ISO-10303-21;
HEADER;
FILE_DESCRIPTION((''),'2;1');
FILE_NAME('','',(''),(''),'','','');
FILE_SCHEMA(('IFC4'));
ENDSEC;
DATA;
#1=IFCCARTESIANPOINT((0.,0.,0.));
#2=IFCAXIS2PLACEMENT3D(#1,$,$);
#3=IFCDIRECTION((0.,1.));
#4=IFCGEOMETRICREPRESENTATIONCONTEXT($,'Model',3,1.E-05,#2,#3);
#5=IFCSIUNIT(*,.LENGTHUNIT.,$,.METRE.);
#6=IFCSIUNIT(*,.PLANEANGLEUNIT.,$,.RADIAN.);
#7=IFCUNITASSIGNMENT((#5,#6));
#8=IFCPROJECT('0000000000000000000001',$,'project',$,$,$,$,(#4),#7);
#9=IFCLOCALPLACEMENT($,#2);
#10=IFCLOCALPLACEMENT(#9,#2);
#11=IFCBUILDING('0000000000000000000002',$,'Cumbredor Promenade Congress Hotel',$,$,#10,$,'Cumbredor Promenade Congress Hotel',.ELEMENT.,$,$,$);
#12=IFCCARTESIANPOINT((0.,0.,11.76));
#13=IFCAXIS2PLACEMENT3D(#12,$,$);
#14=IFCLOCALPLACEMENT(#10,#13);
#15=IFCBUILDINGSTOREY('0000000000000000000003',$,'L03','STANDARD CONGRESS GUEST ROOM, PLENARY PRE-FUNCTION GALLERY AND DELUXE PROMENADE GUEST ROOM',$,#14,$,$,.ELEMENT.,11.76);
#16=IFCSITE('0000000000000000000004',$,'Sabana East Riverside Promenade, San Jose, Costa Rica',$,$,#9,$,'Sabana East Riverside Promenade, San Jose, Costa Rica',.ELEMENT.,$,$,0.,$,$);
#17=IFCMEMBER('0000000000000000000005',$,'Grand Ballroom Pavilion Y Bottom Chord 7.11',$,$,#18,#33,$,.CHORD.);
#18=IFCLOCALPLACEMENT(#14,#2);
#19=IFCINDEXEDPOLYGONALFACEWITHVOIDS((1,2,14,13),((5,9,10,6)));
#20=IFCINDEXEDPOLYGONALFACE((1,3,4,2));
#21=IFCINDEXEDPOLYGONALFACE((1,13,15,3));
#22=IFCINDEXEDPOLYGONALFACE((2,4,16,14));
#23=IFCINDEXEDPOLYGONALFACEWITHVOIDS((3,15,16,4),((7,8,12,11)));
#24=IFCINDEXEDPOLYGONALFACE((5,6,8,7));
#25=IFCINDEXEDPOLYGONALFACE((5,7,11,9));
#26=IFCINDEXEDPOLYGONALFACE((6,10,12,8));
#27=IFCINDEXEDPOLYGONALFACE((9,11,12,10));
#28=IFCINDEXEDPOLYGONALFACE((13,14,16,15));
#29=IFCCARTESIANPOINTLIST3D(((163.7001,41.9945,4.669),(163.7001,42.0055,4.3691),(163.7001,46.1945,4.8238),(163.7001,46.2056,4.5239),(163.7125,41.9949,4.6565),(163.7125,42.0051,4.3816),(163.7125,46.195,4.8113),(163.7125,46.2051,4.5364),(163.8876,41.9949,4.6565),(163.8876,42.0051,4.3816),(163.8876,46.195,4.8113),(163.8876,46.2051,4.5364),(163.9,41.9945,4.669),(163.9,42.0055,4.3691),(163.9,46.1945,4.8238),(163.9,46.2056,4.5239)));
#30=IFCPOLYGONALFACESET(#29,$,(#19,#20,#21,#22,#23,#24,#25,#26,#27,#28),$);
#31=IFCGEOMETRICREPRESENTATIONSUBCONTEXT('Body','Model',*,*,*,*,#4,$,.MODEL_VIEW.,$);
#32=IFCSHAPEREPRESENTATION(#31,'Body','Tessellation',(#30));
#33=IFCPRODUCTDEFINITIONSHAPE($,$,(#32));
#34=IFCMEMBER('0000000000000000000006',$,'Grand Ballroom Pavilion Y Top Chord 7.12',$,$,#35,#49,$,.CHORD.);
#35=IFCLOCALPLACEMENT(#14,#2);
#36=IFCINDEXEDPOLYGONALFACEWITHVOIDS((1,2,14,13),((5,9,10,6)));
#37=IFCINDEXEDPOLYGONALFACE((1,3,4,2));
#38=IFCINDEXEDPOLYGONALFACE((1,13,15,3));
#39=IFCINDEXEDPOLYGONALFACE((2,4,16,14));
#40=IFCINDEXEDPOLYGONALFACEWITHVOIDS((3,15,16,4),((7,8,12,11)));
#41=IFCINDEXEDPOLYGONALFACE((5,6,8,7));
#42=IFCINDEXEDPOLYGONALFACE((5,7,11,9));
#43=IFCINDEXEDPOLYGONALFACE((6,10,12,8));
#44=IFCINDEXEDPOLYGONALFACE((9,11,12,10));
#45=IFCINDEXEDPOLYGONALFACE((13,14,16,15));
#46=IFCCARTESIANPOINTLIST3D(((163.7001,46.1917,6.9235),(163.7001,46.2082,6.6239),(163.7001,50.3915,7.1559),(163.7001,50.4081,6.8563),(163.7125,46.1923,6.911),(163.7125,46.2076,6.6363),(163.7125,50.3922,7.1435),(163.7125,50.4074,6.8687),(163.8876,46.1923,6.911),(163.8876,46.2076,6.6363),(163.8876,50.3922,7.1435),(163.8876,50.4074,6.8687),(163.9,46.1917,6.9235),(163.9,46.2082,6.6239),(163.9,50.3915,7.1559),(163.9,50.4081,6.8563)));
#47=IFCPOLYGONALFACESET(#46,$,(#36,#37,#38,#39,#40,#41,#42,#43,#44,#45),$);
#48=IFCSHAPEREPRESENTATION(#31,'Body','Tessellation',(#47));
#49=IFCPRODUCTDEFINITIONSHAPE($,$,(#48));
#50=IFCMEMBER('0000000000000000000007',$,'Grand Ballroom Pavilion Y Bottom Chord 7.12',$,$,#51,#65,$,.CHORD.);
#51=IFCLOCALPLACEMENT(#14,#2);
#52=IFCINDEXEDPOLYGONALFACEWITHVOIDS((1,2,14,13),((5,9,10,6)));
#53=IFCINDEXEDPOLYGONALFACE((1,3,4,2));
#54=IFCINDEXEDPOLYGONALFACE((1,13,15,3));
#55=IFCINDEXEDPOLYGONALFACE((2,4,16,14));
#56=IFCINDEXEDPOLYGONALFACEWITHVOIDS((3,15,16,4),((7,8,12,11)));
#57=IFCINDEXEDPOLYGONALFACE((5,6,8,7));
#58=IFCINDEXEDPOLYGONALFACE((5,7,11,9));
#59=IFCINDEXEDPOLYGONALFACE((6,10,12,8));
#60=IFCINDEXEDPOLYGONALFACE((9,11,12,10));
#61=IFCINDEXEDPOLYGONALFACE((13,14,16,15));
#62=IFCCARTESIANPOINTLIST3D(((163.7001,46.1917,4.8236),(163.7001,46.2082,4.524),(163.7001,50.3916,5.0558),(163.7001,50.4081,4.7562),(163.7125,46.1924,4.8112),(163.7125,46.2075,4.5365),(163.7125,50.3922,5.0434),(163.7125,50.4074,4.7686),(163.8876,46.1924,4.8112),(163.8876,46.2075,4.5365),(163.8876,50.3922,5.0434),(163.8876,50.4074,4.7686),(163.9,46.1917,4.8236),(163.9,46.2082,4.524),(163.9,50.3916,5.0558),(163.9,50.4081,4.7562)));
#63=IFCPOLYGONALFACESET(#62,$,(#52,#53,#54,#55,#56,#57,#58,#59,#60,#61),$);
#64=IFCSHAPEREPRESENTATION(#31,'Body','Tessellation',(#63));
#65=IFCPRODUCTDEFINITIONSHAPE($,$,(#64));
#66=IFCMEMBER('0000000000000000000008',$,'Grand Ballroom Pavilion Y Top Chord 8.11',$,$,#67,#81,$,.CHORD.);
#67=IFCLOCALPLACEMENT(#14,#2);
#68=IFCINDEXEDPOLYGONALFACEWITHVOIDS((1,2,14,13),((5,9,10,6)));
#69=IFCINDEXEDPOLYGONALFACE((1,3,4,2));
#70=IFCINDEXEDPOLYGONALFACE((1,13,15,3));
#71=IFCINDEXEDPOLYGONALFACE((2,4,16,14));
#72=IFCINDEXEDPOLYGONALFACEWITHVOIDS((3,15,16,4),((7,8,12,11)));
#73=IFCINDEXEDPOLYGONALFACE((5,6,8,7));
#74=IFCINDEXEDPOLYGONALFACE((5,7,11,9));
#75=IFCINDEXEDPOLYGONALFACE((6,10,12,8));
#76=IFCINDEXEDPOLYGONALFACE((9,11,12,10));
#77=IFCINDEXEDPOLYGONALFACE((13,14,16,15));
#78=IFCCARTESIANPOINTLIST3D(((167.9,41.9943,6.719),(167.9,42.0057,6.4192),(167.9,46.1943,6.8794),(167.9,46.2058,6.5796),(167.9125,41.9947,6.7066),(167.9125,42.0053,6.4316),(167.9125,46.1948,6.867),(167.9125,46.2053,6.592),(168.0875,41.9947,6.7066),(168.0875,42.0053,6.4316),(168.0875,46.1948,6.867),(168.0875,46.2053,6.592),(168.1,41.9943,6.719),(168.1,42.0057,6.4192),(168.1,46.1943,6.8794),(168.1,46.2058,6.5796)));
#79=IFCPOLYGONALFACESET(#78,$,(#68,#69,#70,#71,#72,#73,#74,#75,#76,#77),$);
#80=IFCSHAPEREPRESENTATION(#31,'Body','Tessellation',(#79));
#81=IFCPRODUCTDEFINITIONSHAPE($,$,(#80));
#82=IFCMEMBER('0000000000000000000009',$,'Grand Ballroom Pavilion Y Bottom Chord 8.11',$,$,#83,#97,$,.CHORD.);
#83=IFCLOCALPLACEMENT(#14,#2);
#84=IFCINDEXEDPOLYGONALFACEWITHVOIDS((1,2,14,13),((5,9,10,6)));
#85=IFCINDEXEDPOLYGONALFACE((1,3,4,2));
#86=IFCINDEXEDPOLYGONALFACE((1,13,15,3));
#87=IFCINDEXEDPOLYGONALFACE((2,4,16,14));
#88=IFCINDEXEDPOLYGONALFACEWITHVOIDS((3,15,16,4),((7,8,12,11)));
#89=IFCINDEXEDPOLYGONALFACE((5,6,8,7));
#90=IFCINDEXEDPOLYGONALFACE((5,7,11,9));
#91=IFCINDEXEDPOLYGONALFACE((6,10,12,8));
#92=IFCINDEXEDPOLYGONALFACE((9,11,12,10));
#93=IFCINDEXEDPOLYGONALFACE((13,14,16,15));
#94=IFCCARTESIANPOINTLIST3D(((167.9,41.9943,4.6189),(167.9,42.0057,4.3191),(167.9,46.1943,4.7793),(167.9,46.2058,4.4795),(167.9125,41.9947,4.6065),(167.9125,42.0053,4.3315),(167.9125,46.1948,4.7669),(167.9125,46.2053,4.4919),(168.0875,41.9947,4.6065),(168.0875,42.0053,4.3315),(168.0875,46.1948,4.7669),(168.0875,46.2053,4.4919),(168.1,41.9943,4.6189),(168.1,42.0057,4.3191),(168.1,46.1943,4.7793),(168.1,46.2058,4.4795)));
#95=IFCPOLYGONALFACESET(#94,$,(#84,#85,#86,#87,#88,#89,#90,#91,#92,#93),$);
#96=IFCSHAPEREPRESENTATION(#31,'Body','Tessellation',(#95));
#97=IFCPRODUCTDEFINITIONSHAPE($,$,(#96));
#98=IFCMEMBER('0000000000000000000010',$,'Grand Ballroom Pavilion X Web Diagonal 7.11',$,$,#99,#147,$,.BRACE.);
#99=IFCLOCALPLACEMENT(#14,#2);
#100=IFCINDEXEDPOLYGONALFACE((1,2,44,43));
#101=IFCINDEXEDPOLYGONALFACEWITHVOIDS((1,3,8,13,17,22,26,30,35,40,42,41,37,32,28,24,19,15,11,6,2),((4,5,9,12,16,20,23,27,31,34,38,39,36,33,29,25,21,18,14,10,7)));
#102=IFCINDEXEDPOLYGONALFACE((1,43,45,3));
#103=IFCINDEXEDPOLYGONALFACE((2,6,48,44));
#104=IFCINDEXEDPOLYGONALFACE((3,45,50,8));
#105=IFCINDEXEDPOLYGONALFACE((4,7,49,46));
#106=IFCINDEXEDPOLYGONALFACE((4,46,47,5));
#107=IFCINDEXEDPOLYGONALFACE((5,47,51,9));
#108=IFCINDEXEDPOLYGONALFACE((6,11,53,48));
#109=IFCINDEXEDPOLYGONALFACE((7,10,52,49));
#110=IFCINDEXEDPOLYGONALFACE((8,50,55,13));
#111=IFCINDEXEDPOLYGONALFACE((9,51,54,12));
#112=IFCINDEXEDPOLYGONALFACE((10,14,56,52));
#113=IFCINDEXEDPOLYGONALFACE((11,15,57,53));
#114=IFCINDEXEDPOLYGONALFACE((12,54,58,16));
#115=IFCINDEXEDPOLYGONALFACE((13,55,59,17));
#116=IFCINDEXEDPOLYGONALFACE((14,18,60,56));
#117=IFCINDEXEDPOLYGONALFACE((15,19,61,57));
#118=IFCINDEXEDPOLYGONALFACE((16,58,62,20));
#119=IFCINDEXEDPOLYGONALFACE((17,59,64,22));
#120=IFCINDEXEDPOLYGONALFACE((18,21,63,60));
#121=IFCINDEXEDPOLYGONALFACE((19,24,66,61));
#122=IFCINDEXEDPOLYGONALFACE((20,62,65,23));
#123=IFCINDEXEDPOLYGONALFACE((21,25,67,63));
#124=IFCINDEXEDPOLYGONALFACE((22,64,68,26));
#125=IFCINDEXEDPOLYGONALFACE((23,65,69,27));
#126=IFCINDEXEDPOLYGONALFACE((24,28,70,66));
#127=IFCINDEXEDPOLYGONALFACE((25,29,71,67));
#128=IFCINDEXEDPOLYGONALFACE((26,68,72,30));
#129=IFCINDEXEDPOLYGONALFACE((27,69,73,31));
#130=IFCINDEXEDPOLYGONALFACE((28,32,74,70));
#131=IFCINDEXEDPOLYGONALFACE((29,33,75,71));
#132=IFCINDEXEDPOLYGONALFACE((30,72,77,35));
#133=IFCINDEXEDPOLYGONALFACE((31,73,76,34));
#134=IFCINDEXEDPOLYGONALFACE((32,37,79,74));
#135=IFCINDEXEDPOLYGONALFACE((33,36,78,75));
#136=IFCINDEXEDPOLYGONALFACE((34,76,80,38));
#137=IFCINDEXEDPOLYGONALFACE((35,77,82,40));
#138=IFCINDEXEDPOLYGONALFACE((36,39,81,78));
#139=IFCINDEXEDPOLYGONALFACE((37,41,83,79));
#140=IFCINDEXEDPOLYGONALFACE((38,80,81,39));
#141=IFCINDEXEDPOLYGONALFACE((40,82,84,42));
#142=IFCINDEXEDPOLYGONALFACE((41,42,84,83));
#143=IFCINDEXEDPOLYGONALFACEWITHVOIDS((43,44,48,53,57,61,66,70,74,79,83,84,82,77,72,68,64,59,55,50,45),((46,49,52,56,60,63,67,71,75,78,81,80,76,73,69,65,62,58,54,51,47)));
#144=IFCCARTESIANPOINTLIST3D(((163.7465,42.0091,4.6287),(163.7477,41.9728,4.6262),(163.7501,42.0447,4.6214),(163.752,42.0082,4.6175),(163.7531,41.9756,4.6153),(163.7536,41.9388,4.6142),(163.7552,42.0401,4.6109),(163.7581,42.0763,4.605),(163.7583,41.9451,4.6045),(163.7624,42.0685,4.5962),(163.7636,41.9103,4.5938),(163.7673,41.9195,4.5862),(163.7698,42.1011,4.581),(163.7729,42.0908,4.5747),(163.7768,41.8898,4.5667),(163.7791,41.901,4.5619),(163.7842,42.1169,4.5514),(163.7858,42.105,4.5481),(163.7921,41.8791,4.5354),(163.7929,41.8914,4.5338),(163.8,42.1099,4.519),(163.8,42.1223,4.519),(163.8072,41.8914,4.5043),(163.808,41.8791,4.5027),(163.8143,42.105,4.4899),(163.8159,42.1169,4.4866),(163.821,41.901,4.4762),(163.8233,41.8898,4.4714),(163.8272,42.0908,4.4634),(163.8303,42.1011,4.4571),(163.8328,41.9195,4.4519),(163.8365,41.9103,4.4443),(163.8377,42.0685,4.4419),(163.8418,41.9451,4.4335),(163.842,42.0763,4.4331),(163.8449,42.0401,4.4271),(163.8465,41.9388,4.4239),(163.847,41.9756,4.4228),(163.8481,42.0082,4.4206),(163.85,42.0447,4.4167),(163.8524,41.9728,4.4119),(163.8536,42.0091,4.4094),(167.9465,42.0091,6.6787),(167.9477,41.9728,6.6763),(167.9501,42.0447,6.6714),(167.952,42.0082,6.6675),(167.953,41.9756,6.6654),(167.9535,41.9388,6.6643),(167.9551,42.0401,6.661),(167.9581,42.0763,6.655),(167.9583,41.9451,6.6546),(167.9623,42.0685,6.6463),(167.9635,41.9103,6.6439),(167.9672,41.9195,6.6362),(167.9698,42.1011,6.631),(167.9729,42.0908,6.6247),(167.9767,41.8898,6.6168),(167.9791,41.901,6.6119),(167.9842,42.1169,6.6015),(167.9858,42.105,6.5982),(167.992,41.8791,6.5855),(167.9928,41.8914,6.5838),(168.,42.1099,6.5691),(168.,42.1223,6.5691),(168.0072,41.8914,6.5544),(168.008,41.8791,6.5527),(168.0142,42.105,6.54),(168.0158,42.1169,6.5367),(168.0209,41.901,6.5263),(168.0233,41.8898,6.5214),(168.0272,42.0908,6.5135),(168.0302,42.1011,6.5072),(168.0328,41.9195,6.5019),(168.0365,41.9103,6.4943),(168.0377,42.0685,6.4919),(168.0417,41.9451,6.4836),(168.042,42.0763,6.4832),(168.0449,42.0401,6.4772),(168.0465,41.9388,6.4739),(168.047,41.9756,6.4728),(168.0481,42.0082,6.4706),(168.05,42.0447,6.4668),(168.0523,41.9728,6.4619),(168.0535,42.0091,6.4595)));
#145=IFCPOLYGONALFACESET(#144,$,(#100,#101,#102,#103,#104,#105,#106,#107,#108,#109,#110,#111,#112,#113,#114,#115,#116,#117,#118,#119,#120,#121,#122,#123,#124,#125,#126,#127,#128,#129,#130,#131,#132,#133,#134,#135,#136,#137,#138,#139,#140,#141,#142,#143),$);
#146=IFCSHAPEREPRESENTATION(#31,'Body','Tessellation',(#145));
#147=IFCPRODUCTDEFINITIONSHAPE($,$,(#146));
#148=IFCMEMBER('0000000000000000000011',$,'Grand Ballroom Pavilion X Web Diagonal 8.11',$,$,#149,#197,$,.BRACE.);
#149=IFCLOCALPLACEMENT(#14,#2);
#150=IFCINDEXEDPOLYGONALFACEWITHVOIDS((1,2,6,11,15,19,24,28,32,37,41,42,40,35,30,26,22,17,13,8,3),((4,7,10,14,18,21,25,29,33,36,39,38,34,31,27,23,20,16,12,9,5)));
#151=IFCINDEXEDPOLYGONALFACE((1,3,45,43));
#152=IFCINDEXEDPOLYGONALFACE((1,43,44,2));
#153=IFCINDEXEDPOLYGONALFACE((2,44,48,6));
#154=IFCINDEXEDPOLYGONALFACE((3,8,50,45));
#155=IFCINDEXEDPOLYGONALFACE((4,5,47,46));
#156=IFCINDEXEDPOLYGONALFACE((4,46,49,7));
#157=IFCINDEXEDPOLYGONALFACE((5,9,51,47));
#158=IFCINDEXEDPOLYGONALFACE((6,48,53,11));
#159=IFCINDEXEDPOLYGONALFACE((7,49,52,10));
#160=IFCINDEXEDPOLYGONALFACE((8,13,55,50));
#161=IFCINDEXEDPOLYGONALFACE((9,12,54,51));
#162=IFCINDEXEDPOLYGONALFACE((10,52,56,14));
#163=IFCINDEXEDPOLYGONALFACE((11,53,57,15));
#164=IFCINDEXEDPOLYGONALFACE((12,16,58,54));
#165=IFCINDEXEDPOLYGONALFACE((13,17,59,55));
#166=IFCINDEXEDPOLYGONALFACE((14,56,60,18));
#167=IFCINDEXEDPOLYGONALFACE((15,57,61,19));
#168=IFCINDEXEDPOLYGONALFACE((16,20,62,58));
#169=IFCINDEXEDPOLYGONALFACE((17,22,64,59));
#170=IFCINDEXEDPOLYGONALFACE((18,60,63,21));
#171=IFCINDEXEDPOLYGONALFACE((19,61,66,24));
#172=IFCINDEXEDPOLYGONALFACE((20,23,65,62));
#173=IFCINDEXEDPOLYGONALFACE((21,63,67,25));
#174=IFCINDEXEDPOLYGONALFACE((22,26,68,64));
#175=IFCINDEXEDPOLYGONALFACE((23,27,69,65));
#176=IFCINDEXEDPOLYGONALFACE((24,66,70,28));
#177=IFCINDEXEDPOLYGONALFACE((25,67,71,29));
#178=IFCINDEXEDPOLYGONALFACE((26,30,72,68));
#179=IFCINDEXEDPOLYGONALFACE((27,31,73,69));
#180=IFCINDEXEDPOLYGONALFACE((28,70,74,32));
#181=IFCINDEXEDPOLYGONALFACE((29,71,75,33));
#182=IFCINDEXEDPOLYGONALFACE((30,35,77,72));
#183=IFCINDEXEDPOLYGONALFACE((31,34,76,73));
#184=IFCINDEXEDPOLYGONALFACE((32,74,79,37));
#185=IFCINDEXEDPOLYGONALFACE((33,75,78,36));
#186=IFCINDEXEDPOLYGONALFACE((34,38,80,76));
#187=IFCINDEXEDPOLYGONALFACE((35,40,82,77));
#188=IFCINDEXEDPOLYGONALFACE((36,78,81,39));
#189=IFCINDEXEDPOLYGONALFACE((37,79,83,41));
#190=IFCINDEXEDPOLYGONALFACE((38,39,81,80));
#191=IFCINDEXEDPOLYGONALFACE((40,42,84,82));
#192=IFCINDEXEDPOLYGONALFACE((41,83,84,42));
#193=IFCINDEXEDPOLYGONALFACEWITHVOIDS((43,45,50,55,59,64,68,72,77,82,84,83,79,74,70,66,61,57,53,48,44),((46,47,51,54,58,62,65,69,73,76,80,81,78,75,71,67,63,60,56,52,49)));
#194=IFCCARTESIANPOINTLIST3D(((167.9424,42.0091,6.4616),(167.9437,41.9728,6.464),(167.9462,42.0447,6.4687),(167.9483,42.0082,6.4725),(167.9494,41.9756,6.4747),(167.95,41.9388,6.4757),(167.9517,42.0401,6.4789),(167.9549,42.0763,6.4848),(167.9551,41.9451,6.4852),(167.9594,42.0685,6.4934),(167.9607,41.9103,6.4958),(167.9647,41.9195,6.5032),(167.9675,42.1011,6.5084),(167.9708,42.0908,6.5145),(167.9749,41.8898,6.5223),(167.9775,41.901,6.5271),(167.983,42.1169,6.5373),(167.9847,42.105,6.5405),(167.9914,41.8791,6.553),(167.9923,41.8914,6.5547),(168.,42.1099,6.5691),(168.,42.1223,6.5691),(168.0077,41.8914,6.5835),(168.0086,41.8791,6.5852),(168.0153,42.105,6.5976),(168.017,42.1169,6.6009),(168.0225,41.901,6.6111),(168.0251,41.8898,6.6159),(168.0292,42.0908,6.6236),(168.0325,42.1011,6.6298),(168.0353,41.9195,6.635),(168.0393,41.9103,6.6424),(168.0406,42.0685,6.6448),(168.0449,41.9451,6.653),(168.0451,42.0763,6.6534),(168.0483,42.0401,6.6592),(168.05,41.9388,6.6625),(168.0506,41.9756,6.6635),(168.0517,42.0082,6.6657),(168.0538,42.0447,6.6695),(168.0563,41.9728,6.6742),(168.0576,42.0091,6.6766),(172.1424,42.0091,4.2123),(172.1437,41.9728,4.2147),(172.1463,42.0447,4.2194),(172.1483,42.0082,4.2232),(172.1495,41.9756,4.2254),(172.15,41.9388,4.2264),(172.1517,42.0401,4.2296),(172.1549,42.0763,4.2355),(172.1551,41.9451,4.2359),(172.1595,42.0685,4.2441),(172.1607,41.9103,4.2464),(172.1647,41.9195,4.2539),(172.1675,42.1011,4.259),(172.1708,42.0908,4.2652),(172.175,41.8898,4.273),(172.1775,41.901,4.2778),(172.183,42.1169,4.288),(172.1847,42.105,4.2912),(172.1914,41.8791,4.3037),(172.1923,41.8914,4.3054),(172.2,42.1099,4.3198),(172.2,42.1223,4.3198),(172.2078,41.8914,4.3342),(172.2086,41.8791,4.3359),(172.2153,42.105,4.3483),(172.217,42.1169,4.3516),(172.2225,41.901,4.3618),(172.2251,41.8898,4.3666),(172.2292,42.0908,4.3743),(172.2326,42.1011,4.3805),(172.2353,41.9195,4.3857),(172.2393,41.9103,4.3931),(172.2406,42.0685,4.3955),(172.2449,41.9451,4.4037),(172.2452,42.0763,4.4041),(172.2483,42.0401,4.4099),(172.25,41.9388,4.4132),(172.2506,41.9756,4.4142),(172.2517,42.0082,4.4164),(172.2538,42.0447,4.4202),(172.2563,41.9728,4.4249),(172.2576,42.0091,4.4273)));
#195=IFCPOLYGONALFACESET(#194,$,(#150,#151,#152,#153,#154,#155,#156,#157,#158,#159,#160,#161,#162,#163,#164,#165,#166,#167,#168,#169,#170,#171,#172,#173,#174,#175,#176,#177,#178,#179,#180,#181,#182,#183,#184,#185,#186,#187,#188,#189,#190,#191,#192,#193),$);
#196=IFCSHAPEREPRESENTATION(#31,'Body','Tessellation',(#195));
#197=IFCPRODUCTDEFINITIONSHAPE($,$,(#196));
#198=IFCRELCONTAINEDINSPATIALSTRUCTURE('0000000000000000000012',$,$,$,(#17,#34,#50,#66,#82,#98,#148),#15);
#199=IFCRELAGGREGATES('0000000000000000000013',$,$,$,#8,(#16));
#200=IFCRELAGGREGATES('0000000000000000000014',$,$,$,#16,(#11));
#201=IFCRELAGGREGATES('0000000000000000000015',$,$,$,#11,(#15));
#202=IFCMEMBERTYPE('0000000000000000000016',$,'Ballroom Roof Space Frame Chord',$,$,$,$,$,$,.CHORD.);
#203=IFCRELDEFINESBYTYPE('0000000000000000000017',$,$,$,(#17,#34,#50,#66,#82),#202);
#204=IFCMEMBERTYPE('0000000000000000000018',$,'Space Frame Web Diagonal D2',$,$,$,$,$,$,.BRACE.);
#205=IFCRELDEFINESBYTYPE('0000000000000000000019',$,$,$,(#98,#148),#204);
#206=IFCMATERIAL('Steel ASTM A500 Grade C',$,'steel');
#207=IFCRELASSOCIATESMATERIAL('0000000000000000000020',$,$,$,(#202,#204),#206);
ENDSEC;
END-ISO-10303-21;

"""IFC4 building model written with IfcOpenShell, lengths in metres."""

from ifc_helpers import new_model, si_unit, direction, frame, origin, origin_2d, place, context, subcontext, project, spatial, hollow_rectangle, hollow_circle, extrude, material, material_profile, profile_set, type_object, element, save


model = new_model("IFC4")

# Units and contexts
model_context = context("Model", 3, precision=1e-05, world=origin(), true_north=direction((0.0, 1.0)))
body_context = subcontext(model_context, "Body", "Model", "MODEL_VIEW")
ifc_project = project(units=[si_unit("LENGTHUNIT", "METRE"), si_unit("PLANEANGLEUNIT", "RADIAN")], contexts=[model_context])

# Site, building, storey
site_placement = place(None, origin())
site = spatial("IfcSite", under=ifc_project, at=site_placement, Name="Sabana East Riverside Promenade, San Jose, Costa Rica", LongName="Sabana East Riverside Promenade, San Jose, Costa Rica", CompositionType="ELEMENT", RefElevation=0.0)
building_placement = place(site_placement, origin())
building = spatial("IfcBuilding", under=site, at=building_placement, Name="Cumbredor Promenade Congress Hotel", LongName="Cumbredor Promenade Congress Hotel", CompositionType="ELEMENT")
storey_placement = place(building_placement, frame((0.0, 0.0, 11.76)))
storey = spatial("IfcBuildingStorey", under=building, at=storey_placement, Name="L03", Description="STANDARD CONGRESS GUEST ROOM, PLENARY PRE-FUNCTION GALLERY AND DELUXE PROMENADE GUEST ROOM", CompositionType="ELEMENT", Elevation=11.76)

# Members
ifc_material_1 = material(Name="Steel ASTM A500 Grade C", Category="steel")
ifc_material_profile_1 = material_profile(ifc_material_1, hollow_rectangle(XDim=0.2, YDim=0.3, WallThickness=0.0125, at=origin_2d()), Name="HSS 300x200x12.5")
ifc_profile_set_1 = profile_set([ifc_material_profile_1], Name="Steel ASTM A500 Grade C")
member_type_1 = type_object("IfcMemberType", Name="Ballroom Roof Space Frame Chord", PredefinedType="CHORD", material=ifc_profile_set_1)
for number, where, z_axis, x_axis, name in (
    (1, (163.8, 42.0, 4.519), (0.0, 0.999322, 0.036829), (-1.0, 0.0, 0.0), "Grand Ballroom Pavilion Y Bottom Chord 7.11"),
):
    element("IfcMember", number, at=place(storey_placement, frame(where, z_axis=z_axis, x_axis=x_axis)), inside=storey, type_object=member_type_1, Name=name, PredefinedType="CHORD", context=body_context, shape_type="SweptSolid", body=[
        extrude(hollow_rectangle(XDim=0.2, YDim=0.3, WallThickness=0.0125, at=origin_2d()), origin(), (0.0, 0.0, 1.0), 4.2029),
    ])
for number, where, z_axis, x_axis, name in (
    (2, (163.8, 46.2, 6.7737), (0.0, 0.998472, 0.055255), (-1.0, 0.0, 0.0), "Grand Ballroom Pavilion Y Top Chord 7.12"),
    (3, (163.8, 46.2, 4.6738), (0.0, 0.998475, 0.055197), (-1.0, 0.0, 0.0), "Grand Ballroom Pavilion Y Bottom Chord 7.12"),
):
    element("IfcMember", number, at=place(storey_placement, frame(where, z_axis=z_axis, x_axis=x_axis)), inside=storey, type_object=member_type_1, Name=name, PredefinedType="CHORD", context=body_context, shape_type="SweptSolid", body=[
        extrude(hollow_rectangle(XDim=0.2, YDim=0.3, WallThickness=0.0125, at=origin_2d()), origin(), (0.0, 0.0, 1.0), 4.2063),
    ])
for number, where, z_axis, x_axis, name in (
    (4, (168.0, 42.0, 6.5691), (0.0, 0.999272, 0.038163), (-1.0, 0.0, 0.0), "Grand Ballroom Pavilion Y Top Chord 8.11"),
    (5, (168.0, 42.0, 4.469), (0.0, 0.999272, 0.038163), (-1.0, 0.0, 0.0), "Grand Ballroom Pavilion Y Bottom Chord 8.11"),
):
    element("IfcMember", number, at=place(storey_placement, frame(where, z_axis=z_axis, x_axis=x_axis)), inside=storey, type_object=member_type_1, Name=name, PredefinedType="CHORD", context=body_context, shape_type="SweptSolid", body=[
        extrude(hollow_rectangle(XDim=0.2, YDim=0.3, WallThickness=0.0125, at=origin_2d()), origin(), (0.0, 0.0, 1.0), 4.2031),
    ])
ifc_material_profile_2 = material_profile(ifc_material_1, hollow_circle(Radius=0.1223, WallThickness=0.0125, at=origin_2d()), Name="CHS 244.5x12.5")
ifc_profile_set_2 = profile_set([ifc_material_profile_2], Name="Steel ASTM A500 Grade C")
member_type_2 = type_object("IfcMemberType", Name="Space Frame Web Diagonal D2", PredefinedType="BRACE", material=ifc_profile_set_2)
member_1_placement = place(storey_placement, frame((163.8, 42.0, 4.519), z_axis=(0.898659, 0.0, 0.438647), x_axis=(0.0, 1.0, 0.0)))
element("IfcMember", 6, at=member_1_placement, inside=storey, type_object=member_type_2, Name="Grand Ballroom Pavilion X Web Diagonal 7.11", PredefinedType="BRACE", context=body_context, shape_type="SweptSolid", body=[
    extrude(hollow_circle(Radius=0.1223, WallThickness=0.0125, at=origin_2d()), origin(), (0.0, 0.0, 1.0), 4.6736),
])
member_2_placement = place(storey_placement, frame((168.0, 42.0, 6.5691), z_axis=(0.881542, 0.0, -0.472106), x_axis=(0.0, 1.0, 0.0)))
element("IfcMember", 7, at=member_2_placement, inside=storey, type_object=member_type_2, Name="Grand Ballroom Pavilion X Web Diagonal 8.11", PredefinedType="BRACE", context=body_context, shape_type="SweptSolid", body=[
    extrude(hollow_circle(Radius=0.1223, WallThickness=0.0125, at=origin_2d()), origin(), (0.0, 0.0, 1.0), 4.7644),
])

save(model, "model.ifc")
